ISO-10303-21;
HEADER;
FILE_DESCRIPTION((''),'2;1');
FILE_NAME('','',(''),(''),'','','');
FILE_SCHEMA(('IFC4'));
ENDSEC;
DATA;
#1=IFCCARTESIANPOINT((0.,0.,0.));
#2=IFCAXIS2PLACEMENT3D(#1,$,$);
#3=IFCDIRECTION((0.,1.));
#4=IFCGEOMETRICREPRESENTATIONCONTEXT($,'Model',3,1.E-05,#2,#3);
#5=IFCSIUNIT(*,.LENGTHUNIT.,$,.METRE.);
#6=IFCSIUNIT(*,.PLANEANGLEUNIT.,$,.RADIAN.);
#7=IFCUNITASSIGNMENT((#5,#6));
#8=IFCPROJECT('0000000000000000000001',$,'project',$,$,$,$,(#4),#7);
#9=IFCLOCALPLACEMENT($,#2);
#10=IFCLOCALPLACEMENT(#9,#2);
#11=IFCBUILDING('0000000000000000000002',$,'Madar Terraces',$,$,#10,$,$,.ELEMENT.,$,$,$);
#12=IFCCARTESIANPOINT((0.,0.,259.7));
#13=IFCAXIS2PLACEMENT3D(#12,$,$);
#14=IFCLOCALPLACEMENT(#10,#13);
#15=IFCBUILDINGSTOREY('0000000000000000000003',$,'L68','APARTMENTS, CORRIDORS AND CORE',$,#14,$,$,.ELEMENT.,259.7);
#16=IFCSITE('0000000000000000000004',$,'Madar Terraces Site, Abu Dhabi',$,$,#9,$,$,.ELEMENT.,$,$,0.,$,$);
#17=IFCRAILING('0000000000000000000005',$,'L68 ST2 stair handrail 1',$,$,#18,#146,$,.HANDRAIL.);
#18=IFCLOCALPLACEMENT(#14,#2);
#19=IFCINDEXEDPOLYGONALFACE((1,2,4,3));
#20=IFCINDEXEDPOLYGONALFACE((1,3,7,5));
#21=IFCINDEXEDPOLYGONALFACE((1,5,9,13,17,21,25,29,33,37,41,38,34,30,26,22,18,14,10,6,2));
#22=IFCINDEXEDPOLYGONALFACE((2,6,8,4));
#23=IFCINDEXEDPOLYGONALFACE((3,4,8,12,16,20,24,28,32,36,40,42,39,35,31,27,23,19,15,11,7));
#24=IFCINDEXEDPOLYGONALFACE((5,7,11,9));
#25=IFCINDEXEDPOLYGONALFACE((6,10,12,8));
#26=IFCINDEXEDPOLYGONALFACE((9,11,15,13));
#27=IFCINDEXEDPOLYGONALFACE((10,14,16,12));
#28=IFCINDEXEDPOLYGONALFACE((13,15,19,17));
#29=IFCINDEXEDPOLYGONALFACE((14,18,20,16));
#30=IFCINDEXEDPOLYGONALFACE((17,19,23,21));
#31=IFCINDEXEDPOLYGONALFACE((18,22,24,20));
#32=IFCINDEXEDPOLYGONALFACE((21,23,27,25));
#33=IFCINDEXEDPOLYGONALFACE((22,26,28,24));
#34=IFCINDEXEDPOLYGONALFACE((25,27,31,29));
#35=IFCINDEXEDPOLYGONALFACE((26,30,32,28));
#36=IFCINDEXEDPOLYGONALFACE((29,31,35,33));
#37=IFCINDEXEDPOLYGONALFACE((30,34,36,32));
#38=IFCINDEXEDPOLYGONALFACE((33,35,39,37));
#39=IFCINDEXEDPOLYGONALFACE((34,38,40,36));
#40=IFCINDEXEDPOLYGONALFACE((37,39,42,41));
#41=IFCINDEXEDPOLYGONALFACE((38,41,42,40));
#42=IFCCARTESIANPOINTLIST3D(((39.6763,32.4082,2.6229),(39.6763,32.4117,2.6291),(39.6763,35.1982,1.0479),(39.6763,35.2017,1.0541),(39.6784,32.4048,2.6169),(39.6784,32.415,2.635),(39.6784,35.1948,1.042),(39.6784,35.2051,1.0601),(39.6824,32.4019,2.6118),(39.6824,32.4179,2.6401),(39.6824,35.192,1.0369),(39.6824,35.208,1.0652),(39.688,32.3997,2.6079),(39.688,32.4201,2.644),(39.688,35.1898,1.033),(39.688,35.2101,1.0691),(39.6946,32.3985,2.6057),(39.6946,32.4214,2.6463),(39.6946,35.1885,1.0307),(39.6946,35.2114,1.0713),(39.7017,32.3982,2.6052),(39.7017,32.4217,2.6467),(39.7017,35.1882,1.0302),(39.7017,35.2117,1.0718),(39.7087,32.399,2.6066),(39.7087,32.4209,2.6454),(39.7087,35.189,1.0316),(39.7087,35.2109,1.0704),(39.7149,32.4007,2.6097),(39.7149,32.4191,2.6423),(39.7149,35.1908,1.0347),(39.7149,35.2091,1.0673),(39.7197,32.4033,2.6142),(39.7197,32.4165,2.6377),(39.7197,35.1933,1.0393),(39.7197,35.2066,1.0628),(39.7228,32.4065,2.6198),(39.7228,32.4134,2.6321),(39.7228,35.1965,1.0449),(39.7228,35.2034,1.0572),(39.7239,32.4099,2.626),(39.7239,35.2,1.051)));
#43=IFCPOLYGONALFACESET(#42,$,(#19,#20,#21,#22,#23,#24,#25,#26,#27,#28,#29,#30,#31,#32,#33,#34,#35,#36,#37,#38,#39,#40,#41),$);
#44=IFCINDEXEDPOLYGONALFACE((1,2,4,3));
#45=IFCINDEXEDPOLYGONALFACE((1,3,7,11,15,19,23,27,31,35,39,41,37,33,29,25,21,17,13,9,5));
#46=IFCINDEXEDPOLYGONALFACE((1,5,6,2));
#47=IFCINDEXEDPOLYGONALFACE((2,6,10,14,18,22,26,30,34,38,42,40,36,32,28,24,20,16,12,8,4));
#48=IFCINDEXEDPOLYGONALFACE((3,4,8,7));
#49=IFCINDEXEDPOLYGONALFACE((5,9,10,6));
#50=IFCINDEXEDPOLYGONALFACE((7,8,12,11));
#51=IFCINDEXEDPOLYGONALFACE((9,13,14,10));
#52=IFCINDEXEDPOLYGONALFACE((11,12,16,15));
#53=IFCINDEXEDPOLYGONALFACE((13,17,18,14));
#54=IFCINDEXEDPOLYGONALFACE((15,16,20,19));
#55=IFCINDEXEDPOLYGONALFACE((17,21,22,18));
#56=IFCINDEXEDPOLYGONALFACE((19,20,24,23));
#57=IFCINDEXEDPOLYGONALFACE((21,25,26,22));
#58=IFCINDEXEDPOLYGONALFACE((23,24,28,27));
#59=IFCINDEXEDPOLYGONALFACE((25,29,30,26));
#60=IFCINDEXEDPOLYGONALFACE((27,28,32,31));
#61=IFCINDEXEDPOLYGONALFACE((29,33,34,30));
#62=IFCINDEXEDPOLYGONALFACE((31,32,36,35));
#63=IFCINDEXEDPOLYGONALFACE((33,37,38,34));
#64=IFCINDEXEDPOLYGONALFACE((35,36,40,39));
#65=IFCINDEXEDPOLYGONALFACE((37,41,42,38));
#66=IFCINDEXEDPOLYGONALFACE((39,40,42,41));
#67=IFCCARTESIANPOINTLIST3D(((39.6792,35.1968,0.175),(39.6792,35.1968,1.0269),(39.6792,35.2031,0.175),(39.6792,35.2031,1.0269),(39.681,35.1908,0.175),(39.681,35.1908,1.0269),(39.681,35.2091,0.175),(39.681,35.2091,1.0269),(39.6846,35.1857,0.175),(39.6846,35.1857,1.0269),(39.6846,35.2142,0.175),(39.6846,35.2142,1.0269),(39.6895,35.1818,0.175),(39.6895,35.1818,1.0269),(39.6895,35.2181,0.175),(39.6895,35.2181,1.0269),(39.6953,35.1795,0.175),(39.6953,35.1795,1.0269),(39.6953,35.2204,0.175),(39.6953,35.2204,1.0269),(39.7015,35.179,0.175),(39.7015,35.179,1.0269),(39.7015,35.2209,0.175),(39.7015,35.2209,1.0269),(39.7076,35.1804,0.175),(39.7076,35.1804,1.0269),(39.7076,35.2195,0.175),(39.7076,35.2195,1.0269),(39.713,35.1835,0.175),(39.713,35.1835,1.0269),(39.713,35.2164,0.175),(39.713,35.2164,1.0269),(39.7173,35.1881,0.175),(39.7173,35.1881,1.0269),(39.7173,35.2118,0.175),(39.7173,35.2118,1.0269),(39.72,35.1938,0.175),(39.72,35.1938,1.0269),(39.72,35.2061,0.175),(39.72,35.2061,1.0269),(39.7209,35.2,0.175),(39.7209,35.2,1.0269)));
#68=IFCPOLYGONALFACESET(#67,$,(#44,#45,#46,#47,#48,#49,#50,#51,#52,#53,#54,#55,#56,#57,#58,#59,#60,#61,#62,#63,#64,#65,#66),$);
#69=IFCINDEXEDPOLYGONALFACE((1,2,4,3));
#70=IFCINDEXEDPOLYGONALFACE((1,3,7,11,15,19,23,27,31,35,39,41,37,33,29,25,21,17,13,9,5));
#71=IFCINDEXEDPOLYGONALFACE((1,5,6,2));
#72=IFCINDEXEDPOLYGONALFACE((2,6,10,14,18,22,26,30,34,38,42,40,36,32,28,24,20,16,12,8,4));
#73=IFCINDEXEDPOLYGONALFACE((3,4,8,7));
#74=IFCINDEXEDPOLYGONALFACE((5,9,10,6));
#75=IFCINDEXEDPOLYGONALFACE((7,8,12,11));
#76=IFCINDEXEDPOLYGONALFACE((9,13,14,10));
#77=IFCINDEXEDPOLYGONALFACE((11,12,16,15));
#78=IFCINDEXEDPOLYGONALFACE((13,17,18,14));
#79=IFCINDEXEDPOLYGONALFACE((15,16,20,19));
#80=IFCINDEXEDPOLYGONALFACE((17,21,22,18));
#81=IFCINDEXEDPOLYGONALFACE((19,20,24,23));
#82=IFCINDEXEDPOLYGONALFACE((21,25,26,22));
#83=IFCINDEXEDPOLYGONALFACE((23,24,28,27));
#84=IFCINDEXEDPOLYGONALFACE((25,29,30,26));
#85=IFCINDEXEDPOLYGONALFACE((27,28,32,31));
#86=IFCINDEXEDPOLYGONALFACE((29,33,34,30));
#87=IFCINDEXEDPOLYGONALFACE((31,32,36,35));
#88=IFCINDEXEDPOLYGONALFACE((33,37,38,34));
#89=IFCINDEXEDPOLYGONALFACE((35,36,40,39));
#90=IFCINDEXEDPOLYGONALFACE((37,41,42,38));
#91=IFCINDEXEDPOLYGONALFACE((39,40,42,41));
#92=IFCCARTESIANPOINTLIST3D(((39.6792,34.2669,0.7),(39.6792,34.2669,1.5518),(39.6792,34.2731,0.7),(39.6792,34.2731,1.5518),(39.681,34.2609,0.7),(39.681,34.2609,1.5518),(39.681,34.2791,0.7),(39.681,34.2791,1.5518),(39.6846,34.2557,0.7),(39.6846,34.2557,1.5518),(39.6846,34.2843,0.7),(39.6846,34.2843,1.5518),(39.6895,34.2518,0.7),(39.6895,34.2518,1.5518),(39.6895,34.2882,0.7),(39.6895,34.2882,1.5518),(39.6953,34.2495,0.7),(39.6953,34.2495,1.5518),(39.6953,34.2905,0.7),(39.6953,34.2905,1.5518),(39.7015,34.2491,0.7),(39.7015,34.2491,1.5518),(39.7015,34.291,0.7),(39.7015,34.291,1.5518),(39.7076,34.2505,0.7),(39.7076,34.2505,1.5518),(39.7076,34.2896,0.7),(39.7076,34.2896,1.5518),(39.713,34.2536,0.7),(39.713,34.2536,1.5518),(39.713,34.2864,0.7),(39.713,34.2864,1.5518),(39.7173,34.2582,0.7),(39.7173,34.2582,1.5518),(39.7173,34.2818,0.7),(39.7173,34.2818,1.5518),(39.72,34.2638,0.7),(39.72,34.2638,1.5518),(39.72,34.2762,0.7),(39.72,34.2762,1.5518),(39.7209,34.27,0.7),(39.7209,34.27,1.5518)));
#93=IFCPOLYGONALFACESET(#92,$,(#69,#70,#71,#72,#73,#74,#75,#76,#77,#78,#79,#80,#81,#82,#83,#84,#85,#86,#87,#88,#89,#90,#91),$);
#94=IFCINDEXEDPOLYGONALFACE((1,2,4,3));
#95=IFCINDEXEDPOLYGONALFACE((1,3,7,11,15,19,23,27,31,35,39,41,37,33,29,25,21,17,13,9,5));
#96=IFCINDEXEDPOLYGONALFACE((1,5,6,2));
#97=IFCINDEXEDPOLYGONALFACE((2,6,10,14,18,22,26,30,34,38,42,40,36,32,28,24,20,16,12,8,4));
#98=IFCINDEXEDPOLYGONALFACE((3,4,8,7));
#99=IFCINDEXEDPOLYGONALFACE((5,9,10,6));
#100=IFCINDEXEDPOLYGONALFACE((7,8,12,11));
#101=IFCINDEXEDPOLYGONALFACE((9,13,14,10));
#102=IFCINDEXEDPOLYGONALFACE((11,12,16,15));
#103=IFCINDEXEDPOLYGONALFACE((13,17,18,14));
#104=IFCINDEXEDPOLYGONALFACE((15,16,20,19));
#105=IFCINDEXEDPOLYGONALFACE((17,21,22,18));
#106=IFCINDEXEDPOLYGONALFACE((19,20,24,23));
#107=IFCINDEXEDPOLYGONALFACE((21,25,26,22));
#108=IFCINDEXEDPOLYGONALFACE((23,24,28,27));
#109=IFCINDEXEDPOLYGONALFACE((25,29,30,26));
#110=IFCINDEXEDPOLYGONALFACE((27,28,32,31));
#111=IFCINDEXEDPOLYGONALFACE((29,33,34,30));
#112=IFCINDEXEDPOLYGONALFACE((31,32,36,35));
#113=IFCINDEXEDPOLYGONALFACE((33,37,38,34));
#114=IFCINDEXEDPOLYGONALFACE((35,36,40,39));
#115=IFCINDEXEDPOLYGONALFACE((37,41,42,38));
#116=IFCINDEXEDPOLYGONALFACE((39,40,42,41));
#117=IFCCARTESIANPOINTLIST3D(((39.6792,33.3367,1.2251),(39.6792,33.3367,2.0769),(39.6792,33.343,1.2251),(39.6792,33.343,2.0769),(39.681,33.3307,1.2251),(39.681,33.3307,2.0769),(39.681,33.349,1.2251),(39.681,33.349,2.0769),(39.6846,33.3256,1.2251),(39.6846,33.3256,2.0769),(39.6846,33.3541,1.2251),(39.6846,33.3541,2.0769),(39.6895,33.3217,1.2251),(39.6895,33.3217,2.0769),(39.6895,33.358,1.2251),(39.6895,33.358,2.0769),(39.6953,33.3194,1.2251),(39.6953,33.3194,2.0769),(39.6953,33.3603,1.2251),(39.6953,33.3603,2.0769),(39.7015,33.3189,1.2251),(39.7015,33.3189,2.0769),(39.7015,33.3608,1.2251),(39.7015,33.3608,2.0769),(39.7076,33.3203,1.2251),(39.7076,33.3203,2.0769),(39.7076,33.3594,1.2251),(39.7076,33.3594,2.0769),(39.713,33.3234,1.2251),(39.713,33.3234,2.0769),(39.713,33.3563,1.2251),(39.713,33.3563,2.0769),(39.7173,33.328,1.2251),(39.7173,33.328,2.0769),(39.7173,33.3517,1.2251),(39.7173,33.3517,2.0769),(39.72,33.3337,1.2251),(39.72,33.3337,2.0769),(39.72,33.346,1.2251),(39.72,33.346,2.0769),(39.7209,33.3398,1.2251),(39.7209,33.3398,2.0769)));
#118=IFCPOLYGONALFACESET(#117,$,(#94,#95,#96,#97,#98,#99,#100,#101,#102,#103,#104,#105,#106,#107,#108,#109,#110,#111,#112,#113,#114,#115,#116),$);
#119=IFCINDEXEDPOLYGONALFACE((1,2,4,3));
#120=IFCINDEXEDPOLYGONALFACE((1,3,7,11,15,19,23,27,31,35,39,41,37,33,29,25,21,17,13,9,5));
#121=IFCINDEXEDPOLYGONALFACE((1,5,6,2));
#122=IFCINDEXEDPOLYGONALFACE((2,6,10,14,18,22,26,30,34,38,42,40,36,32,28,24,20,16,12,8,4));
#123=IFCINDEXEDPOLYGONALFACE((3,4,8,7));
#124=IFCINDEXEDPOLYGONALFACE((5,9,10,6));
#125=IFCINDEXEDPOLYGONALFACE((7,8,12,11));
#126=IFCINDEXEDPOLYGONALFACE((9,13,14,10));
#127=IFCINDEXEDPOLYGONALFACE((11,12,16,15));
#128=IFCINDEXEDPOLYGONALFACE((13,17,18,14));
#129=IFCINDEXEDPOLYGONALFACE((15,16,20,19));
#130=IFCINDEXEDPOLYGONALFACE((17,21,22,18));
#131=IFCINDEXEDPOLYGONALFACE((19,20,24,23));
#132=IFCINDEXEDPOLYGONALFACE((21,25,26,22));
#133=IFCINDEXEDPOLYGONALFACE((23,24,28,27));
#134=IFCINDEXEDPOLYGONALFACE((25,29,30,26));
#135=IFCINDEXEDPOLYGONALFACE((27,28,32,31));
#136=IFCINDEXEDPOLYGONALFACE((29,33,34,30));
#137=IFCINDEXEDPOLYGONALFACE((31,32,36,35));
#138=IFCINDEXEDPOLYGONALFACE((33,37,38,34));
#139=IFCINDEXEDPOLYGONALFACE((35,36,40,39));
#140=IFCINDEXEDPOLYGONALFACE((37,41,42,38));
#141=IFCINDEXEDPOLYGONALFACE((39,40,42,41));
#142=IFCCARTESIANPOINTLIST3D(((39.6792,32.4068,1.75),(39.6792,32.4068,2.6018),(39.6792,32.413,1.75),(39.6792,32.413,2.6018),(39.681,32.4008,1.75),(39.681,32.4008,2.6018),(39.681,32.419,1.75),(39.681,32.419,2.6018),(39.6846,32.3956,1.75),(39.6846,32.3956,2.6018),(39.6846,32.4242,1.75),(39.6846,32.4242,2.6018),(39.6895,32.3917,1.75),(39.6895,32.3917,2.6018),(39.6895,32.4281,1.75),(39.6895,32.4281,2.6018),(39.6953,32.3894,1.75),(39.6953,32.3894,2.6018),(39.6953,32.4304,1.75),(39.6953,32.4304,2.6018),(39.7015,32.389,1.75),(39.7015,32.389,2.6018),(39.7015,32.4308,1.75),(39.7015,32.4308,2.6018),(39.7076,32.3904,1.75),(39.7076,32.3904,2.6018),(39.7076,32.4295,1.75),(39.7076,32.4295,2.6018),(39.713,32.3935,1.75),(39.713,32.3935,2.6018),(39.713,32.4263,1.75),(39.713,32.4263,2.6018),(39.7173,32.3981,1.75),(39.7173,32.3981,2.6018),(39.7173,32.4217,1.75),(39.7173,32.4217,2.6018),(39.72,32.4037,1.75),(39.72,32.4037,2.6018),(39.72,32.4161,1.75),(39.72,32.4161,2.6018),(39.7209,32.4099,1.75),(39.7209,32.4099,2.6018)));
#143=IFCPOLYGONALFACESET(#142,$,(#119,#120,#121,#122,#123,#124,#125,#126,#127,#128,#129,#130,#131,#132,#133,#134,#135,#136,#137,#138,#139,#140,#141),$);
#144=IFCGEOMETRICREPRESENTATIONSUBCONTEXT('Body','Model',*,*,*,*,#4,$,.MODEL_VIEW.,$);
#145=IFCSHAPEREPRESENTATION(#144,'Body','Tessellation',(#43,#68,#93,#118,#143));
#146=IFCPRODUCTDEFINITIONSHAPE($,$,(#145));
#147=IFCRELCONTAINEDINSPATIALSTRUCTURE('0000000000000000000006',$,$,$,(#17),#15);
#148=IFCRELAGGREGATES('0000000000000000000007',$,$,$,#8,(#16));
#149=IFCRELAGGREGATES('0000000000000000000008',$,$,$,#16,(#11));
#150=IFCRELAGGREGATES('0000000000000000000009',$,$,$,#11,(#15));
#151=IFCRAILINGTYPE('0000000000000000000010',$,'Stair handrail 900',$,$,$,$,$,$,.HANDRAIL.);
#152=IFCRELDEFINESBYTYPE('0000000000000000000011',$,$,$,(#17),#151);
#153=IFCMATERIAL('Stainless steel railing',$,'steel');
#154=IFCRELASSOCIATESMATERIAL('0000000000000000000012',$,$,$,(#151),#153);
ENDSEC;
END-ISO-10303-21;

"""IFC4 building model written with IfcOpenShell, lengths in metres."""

from ifc_helpers import new_model, si_unit, direction, frame, origin, origin_2d, place, context, subcontext, project, spatial, circle, extrude, material, type_object, element, save


model = new_model("IFC4")

# Units and contexts
model_context = context("Model", 3, precision=1e-05, world=origin(), true_north=direction((0.0, 1.0)))
body_context = subcontext(model_context, "Body", "Model", "MODEL_VIEW")
ifc_project = project(units=[si_unit("LENGTHUNIT", "METRE"), si_unit("PLANEANGLEUNIT", "RADIAN")], contexts=[model_context])

# Site, building, storey
site_placement = place(None, origin())
site = spatial("IfcSite", under=ifc_project, at=site_placement, Name="Madar Terraces Site, Abu Dhabi", CompositionType="ELEMENT", RefElevation=0.0)
building_placement = place(site_placement, origin())
building = spatial("IfcBuilding", under=site, at=building_placement, Name="Madar Terraces", CompositionType="ELEMENT")
storey_placement = place(building_placement, frame((0.0, 0.0, 259.7)))
storey = spatial("IfcBuildingStorey", under=building, at=storey_placement, Name="L68", Description="APARTMENTS, CORRIDORS AND CORE", CompositionType="ELEMENT", Elevation=259.7)

# Railing
ifc_material_1 = material(Name="Stainless steel railing", Category="steel")
railing_type_1 = type_object("IfcRailingType", Name="Stair handrail 900", PredefinedType="HANDRAIL", material=ifc_material_1)
railing_1_placement = place(storey_placement, frame((39.7, 35.2, 0.175)))
element("IfcRailing", 1, at=railing_1_placement, inside=storey, type_object=railing_type_1, Name="L68 ST2 stair handrail 1", PredefinedType="HANDRAIL", context=body_context, shape_type="SweptSolid", body=[
    extrude(circle(Radius=0.0239, at=origin_2d()), frame((0.0, 0.0, 0.876), z_axis=(0.0, -0.870834, 0.491578), x_axis=(1.0, 0.0, 0.0)), (0.0, 0.0, 1.0), 3.2039),
    extrude(circle(Radius=0.021, at=origin_2d()), origin(), (0.0, 0.0, 1.0), 0.8518),
    extrude(circle(Radius=0.021, at=origin_2d()), frame((0.0, -0.9299, 0.5249)), (0.0, 0.0, 1.0), 0.8518),
    extrude(circle(Radius=0.021, at=origin_2d()), frame((0.0, -1.8601, 1.05)), (0.0, 0.0, 1.0), 0.8518),
    extrude(circle(Radius=0.021, at=origin_2d()), frame((0.0, -2.79, 1.575)), (0.0, 0.0, 1.0), 0.8518),
])

save(model, "model.ifc")
